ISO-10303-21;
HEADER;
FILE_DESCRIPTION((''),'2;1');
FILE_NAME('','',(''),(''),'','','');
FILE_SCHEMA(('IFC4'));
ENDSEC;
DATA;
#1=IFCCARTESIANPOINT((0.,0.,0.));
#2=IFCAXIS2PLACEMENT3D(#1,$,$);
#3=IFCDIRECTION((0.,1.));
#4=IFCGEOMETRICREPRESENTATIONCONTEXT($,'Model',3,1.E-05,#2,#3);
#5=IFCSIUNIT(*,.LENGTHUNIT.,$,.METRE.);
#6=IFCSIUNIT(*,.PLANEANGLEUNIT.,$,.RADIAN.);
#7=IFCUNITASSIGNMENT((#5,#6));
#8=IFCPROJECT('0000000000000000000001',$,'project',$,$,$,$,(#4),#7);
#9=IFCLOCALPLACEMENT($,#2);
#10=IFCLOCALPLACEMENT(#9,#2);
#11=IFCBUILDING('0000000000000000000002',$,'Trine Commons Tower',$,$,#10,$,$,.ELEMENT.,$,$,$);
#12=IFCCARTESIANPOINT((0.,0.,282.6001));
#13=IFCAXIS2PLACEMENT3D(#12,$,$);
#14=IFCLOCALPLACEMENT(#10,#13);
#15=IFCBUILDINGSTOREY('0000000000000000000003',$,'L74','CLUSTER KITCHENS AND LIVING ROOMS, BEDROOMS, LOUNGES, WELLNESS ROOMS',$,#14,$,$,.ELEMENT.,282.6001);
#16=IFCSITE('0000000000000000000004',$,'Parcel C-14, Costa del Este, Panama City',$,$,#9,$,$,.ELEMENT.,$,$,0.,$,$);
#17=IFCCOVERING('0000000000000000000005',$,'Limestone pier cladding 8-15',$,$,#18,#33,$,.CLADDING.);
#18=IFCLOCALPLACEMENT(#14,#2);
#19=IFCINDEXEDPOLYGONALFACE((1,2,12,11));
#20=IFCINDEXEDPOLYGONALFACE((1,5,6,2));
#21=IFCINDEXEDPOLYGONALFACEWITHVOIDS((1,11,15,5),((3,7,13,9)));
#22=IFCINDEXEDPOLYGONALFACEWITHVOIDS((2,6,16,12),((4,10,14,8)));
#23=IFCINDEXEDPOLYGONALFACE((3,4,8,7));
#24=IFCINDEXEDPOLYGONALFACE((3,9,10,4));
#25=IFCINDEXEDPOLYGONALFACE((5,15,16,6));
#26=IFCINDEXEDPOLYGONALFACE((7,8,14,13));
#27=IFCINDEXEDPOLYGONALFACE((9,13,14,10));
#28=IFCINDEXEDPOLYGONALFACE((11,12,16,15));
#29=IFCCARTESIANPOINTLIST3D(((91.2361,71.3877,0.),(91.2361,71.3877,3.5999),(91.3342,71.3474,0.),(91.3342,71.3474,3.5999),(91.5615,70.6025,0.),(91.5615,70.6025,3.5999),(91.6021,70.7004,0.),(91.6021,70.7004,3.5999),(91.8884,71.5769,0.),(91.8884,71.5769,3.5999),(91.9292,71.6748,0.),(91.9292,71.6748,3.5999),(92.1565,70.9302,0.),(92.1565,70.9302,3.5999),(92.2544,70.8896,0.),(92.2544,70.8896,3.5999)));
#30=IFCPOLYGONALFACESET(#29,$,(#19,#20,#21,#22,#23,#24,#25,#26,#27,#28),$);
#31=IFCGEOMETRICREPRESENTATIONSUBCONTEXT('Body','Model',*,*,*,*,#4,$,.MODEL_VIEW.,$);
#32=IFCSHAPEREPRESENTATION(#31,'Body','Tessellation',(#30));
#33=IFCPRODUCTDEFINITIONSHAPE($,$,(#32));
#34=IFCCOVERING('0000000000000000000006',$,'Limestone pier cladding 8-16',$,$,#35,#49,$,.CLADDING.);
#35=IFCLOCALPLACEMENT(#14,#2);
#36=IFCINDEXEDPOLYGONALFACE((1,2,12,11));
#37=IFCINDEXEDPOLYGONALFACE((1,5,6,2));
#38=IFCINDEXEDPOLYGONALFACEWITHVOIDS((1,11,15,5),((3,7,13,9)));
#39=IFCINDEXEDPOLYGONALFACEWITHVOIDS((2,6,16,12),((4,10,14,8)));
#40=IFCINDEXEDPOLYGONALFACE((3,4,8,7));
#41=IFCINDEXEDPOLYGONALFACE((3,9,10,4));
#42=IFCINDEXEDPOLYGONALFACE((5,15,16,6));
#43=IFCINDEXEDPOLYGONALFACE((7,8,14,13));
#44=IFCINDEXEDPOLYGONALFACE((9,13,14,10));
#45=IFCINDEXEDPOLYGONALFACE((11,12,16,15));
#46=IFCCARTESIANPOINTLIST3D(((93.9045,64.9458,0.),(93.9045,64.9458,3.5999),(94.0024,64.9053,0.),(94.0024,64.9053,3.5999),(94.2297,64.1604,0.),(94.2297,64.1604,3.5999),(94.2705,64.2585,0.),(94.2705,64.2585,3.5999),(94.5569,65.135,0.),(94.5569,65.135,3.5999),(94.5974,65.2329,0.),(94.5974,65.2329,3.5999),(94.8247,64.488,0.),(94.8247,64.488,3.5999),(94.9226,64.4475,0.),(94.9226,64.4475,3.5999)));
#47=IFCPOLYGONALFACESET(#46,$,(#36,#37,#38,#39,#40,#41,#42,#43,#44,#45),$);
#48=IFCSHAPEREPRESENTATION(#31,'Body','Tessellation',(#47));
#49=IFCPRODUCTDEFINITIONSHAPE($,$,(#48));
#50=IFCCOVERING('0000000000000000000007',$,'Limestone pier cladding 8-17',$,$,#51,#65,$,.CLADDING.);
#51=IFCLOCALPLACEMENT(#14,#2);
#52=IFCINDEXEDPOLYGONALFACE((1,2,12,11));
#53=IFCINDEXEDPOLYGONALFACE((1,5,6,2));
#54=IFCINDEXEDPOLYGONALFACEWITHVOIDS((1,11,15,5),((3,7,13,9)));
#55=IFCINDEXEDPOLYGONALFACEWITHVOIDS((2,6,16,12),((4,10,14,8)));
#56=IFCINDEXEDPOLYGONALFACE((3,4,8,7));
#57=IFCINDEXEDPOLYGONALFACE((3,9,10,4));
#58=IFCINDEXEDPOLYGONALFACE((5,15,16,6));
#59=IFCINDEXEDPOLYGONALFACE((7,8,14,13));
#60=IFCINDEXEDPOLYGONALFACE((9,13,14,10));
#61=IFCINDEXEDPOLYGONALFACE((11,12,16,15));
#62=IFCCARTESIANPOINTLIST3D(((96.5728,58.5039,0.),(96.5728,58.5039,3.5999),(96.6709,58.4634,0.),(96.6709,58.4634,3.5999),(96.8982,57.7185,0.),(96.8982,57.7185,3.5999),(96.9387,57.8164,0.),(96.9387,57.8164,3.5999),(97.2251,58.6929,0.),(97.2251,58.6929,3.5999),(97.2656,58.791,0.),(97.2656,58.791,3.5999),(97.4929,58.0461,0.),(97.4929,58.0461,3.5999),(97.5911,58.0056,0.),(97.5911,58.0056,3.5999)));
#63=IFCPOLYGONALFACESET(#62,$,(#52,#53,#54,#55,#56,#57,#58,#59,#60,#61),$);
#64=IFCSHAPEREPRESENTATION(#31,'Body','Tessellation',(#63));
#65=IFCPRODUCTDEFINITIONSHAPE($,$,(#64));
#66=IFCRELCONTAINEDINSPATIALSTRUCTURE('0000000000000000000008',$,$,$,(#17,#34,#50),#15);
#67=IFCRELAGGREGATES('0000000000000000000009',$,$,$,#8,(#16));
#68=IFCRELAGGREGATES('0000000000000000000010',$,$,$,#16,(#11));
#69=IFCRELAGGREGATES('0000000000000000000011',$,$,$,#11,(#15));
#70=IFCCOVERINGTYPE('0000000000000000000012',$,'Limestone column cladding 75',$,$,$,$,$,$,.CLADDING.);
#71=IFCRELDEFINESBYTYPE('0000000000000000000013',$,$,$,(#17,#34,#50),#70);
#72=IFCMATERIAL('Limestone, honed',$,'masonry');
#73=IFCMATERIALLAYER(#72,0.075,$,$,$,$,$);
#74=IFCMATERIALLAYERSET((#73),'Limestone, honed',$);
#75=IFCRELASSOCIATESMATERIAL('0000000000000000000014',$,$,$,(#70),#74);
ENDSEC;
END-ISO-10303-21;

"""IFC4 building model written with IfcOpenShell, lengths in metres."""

from ifc_helpers import new_model, si_unit, direction, frame, origin, place, context, subcontext, project, spatial, polyline, outline, extrude, material, layer, layer_set, type_object, element, save


model = new_model("IFC4")

# Units and contexts
model_context = context("Model", 3, precision=1e-05, world=origin(), true_north=direction((0.0, 1.0)))
body_context = subcontext(model_context, "Body", "Model", "MODEL_VIEW")
ifc_project = project(units=[si_unit("LENGTHUNIT", "METRE"), si_unit("PLANEANGLEUNIT", "RADIAN")], contexts=[model_context])

# Site, building, storey
site_placement = place(None, origin())
site = spatial("IfcSite", under=ifc_project, at=site_placement, Name="Parcel C-14, Costa del Este, Panama City", CompositionType="ELEMENT", RefElevation=0.0)
building_placement = place(site_placement, origin())
building = spatial("IfcBuilding", under=site, at=building_placement, Name="Trine Commons Tower", CompositionType="ELEMENT")
storey_placement = place(building_placement, frame((0.0, 0.0, 282.6001)))
storey = spatial("IfcBuildingStorey", under=building, at=storey_placement, Name="L74", Description="CLUSTER KITCHENS AND LIVING ROOMS, BEDROOMS, LOUNGES, WELLNESS ROOMS", CompositionType="ELEMENT", Elevation=282.6001)

# Coverings
ifc_material_1 = material(Name="Limestone, honed", Category="masonry")
ifc_layer_1 = layer(ifc_material_1, 0.075)
ifc_layer_set_1 = layer_set([ifc_layer_1], Name="Limestone, honed")
covering_type_1 = type_object("IfcCoveringType", Name="Limestone column cladding 75", PredefinedType="CLADDING", material=ifc_layer_set_1)
covering_1_placement = place(storey_placement, origin())
element("IfcCovering", 1, at=covering_1_placement, inside=storey, type_object=covering_type_1, Name="Limestone pier cladding 8-15", PredefinedType="CLADDING", context=body_context, shape_type="SweptSolid", body=[
    extrude(outline(polyline([(91.9292, 71.6748), (91.2361, 71.3877), (91.5615, 70.6025), (92.2544, 70.8896), (91.9292, 71.6748)]), holes=[polyline([(91.8884, 71.5769), (91.3342, 71.3474), (91.6021, 70.7004), (92.1565, 70.9302), (91.8884, 71.5769)])]), origin(), (0.0, 0.0, 1.0), 3.5999),
])
covering_2_placement = place(storey_placement, origin())
element("IfcCovering", 2, at=covering_2_placement, inside=storey, type_object=covering_type_1, Name="Limestone pier cladding 8-16", PredefinedType="CLADDING", context=body_context, shape_type="SweptSolid", body=[
    extrude(outline(polyline([(94.5974, 65.2329), (93.9045, 64.9458), (94.2297, 64.1604), (94.9226, 64.4475), (94.5974, 65.2329)]), holes=[polyline([(94.5569, 65.135), (94.0024, 64.9053), (94.2705, 64.2585), (94.8247, 64.488), (94.5569, 65.135)])]), origin(), (0.0, 0.0, 1.0), 3.5999),
])
covering_3_placement = place(storey_placement, origin())
element("IfcCovering", 3, at=covering_3_placement, inside=storey, type_object=covering_type_1, Name="Limestone pier cladding 8-17", PredefinedType="CLADDING", context=body_context, shape_type="SweptSolid", body=[
    extrude(outline(polyline([(97.2656, 58.791), (96.5728, 58.5039), (96.8982, 57.7185), (97.5911, 58.0056), (97.2656, 58.791)]), holes=[polyline([(97.2251, 58.6929), (96.6709, 58.4634), (96.9387, 57.8164), (97.4929, 58.0461), (97.2251, 58.6929)])]), origin(), (0.0, 0.0, 1.0), 3.5999),
])

save(model, "model.ifc")
